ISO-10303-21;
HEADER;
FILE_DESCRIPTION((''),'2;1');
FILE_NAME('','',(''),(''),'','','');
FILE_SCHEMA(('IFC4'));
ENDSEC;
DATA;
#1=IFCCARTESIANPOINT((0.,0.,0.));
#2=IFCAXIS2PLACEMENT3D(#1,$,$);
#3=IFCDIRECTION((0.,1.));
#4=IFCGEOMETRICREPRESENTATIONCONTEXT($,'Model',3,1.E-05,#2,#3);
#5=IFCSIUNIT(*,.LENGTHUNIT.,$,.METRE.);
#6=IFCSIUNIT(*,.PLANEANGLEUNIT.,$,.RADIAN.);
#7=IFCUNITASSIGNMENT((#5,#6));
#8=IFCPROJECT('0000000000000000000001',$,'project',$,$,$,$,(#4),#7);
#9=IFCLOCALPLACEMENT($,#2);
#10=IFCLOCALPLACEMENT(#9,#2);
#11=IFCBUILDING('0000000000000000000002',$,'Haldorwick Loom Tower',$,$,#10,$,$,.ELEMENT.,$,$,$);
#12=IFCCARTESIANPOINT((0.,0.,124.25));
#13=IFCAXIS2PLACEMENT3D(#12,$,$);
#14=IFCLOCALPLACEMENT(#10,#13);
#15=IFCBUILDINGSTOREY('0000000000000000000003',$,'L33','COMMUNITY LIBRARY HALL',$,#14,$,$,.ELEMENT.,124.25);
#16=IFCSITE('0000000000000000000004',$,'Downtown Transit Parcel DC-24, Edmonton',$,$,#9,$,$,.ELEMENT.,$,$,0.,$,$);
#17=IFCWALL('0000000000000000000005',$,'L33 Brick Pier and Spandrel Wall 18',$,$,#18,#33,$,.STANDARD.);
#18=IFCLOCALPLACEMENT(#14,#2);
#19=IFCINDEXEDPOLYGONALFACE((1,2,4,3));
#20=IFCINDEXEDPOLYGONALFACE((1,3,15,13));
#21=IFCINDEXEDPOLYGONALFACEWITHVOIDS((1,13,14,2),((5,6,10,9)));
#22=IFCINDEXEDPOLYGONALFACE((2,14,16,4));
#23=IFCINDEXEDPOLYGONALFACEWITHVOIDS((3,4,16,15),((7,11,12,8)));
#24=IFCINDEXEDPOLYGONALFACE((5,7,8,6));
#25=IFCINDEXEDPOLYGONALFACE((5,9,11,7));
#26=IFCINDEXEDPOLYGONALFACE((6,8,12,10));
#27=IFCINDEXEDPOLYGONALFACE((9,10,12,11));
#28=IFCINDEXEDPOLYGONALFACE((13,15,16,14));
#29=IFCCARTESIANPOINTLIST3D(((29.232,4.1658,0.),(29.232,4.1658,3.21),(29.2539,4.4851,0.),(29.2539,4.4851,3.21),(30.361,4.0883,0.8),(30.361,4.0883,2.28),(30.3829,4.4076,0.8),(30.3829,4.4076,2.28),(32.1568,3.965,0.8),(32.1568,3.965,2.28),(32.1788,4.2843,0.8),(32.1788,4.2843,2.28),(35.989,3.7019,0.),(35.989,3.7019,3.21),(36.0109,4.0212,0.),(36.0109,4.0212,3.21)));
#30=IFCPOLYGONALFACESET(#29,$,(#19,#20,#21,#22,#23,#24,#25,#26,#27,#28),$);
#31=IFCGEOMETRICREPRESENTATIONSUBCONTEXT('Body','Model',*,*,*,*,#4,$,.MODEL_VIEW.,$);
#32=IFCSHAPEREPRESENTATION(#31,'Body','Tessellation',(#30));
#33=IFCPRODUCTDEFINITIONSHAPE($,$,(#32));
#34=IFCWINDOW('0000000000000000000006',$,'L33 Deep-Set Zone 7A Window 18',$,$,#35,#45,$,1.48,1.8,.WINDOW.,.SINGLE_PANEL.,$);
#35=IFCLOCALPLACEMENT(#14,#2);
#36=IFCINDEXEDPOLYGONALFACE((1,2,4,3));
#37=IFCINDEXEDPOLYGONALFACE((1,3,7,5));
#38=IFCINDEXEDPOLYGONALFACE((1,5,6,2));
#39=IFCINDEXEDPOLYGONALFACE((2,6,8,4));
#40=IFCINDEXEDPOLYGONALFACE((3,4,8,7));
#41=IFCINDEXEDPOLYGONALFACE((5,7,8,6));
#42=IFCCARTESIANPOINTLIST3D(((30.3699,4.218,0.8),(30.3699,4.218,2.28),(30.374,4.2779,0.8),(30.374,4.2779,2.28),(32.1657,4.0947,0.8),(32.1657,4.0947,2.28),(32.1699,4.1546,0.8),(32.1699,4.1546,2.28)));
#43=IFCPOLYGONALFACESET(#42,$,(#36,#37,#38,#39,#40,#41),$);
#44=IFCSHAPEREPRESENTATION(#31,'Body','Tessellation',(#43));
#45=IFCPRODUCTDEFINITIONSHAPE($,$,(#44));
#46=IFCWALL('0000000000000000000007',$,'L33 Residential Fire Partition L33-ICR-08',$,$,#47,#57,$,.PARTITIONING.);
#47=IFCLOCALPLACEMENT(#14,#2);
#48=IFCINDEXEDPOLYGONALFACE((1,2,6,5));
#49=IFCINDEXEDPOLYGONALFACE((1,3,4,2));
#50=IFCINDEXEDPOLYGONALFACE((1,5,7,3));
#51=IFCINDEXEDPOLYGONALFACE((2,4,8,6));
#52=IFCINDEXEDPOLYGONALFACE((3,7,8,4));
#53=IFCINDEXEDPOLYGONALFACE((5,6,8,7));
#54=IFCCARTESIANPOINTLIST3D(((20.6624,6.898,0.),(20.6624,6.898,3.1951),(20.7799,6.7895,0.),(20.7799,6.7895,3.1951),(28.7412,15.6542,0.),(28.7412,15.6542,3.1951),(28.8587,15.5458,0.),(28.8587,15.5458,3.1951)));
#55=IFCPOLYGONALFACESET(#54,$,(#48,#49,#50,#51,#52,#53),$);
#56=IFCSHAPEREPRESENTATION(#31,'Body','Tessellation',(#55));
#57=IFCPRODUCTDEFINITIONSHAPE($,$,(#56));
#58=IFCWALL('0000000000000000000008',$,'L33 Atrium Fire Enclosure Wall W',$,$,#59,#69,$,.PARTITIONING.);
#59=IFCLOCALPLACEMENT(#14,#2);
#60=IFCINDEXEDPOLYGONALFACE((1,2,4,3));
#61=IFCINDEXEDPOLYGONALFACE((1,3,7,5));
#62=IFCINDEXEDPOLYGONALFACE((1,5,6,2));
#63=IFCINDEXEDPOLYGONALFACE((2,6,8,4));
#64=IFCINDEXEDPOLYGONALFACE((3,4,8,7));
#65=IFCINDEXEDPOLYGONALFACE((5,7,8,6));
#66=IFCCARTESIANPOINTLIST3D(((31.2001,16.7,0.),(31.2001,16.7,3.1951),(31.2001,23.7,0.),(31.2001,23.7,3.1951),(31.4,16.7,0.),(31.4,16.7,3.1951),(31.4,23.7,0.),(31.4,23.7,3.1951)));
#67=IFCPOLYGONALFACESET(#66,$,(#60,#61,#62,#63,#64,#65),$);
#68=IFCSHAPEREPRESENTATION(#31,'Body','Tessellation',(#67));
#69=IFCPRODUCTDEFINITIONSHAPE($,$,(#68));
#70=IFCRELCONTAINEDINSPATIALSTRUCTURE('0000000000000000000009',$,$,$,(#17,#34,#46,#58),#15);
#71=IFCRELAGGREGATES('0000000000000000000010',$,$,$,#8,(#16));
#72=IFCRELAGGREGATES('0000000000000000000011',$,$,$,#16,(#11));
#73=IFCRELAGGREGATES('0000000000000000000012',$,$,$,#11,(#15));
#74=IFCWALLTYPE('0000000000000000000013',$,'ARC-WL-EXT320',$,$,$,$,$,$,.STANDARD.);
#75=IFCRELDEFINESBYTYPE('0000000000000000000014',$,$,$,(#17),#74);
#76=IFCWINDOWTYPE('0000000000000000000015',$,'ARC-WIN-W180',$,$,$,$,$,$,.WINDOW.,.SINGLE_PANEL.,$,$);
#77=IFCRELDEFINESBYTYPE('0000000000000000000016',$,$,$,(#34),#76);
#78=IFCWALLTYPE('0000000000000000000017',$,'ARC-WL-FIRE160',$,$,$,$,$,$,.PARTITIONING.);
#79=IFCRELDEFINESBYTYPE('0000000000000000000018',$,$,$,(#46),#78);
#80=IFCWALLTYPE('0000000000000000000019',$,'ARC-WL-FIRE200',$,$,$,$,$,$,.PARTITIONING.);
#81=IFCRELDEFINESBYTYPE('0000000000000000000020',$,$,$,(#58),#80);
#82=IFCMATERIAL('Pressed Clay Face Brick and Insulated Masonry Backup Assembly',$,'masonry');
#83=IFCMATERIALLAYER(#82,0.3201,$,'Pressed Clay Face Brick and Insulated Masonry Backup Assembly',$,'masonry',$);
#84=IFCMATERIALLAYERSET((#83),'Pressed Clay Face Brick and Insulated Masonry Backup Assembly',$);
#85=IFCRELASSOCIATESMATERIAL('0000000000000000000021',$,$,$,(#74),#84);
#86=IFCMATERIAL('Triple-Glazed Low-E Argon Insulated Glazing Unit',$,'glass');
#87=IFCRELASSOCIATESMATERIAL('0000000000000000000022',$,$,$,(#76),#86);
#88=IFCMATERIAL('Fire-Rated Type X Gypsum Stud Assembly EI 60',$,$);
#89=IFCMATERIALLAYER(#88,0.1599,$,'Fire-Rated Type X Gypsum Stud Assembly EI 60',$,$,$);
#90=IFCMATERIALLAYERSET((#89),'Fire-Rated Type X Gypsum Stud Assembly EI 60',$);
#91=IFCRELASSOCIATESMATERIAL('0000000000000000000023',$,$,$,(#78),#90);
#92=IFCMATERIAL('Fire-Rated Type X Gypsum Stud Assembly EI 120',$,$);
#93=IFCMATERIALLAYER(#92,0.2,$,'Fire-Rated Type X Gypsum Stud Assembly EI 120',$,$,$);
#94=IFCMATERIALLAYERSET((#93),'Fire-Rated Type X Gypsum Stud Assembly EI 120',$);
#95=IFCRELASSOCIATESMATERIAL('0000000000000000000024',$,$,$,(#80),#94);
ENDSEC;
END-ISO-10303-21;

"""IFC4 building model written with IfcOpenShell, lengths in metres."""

from ifc_helpers import new_model, si_unit, direction, frame, frame_2d, origin, place, context, subcontext, project, spatial, rectangle, extrude, material, layer, layer_set, type_object, element, fill, save


model = new_model("IFC4")

# Units and contexts
model_context = context("Model", 3, precision=1e-05, world=origin(), true_north=direction((0.0, 1.0)))
body_context = subcontext(model_context, "Body", "Model", "MODEL_VIEW")
ifc_project = project(units=[si_unit("LENGTHUNIT", "METRE"), si_unit("PLANEANGLEUNIT", "RADIAN")], contexts=[model_context])

# Site, building, storey
site_placement = place(None, origin())
site = spatial("IfcSite", under=ifc_project, at=site_placement, Name="Downtown Transit Parcel DC-24, Edmonton", CompositionType="ELEMENT", RefElevation=0.0)
building_placement = place(site_placement, origin())
building = spatial("IfcBuilding", under=site, at=building_placement, Name="Haldorwick Loom Tower", CompositionType="ELEMENT")
storey_placement = place(building_placement, frame((0.0, 0.0, 124.25)))
storey = spatial("IfcBuildingStorey", under=building, at=storey_placement, Name="L33", Description="COMMUNITY LIBRARY HALL", CompositionType="ELEMENT", Elevation=124.25)

# Shared definitions
ifc_material_1 = material(Name="Triple-Glazed Low-E Argon Insulated Glazing Unit", Category="glass")

# Shared definitions
ifc_material_2 = material(Name="Pressed Clay Face Brick and Insulated Masonry Backup Assembly", Category="masonry")
ifc_layer_1 = layer(ifc_material_2, 0.3201, Name="Pressed Clay Face Brick and Insulated Masonry Backup Assembly", Category="masonry")
ifc_layer_set_1 = layer_set([ifc_layer_1], Name="Pressed Clay Face Brick and Insulated Masonry Backup Assembly")
wall_type_1 = type_object("IfcWallType", Name="ARC-WL-EXT320", PredefinedType="STANDARD", material=ifc_layer_set_1)

# Wall, opening, window
wall_1_placement = place(storey_placement, frame((29.2429, 4.3254, 0.0), z_axis=(0.0, 0.0, 1.0), x_axis=(0.997652, -0.068488, 0.0)))
wall_1 = element("IfcWall", 1, at=wall_1_placement, inside=storey, type_object=wall_type_1, Name="L33 Brick Pier and Spandrel Wall 18", PredefinedType="STANDARD", context=body_context, shape_type="SweptSolid", body=[
    extrude(rectangle(XDim=6.7729, YDim=0.3201, at=frame_2d((3.3865, 0.0))), origin(), (0.0, 0.0, 1.0), 3.21),
])
opening_placement = place(wall_1_placement, frame((1.1318, 0.0, 0.8)))
opening = element("IfcOpeningElement", 2, at=opening_placement, cuts=wall_1, PredefinedType="OPENING", context=body_context, shape_type="SweptSolid", body=[
    extrude(rectangle(XDim=1.8, YDim=1.48, at=frame_2d((0.8999, 0.74))), frame((0.0, 0.1699, 0.0), z_axis=(0.0, -1.0, 0.0), x_axis=(1.0, 0.0, 0.0)), (0.0, 0.0, 1.0), 0.3401),
])
window_type = type_object("IfcWindowType", Name="ARC-WIN-W180", PartitioningType="SINGLE_PANEL", PredefinedType="WINDOW", material=ifc_material_1)
window_placement = place(opening_placement, origin())
window = element("IfcWindow", 3, at=window_placement, inside=storey, type_object=window_type, Name="L33 Deep-Set Zone 7A Window 18", OverallHeight=1.48, OverallWidth=1.8, PartitioningType="SINGLE_PANEL", PredefinedType="WINDOW", context=body_context, shape_type="SweptSolid", body=[
    extrude(rectangle(XDim=1.8, YDim=1.48, at=frame_2d((0.8999, 0.74))), frame((0.0, 0.03, 0.0), z_axis=(0.0, -1.0, 0.0), x_axis=(1.0, 0.0, 0.0)), (0.0, 0.0, 1.0), 0.0601),
])
fill(opening, window)

# Walls
ifc_material_3 = material(Name="Fire-Rated Type X Gypsum Stud Assembly EI 60")
ifc_layer_2 = layer(ifc_material_3, 0.1599, Name="Fire-Rated Type X Gypsum Stud Assembly EI 60")
ifc_layer_set_2 = layer_set([ifc_layer_2], Name="Fire-Rated Type X Gypsum Stud Assembly EI 60")
wall_type_2 = type_object("IfcWallType", Name="ARC-WL-FIRE160", PredefinedType="PARTITIONING", material=ifc_layer_set_2)
wall_2_placement = place(storey_placement, frame((28.8, 15.6001, 0.0), z_axis=(0.0, 0.0, 1.0), x_axis=(-0.678102, -0.734968, 0.0)))
element("IfcWall", 4, at=wall_2_placement, inside=storey, type_object=wall_type_2, Name="L33 Residential Fire Partition L33-ICR-08", PredefinedType="PARTITIONING", context=body_context, shape_type="SweptSolid", body=[
    extrude(rectangle(XDim=11.9138, YDim=0.1599, at=frame_2d((5.957, 0.0))), origin(), (0.0, 0.0, 1.0), 3.1951),
])
ifc_material_4 = material(Name="Fire-Rated Type X Gypsum Stud Assembly EI 120")
ifc_layer_3 = layer(ifc_material_4, 0.2, Name="Fire-Rated Type X Gypsum Stud Assembly EI 120")
ifc_layer_set_3 = layer_set([ifc_layer_3], Name="Fire-Rated Type X Gypsum Stud Assembly EI 120")
wall_type_3 = type_object("IfcWallType", Name="ARC-WL-FIRE200", PredefinedType="PARTITIONING", material=ifc_layer_set_3)
wall_3_placement = place(storey_placement, frame((31.3, 16.7, 0.0), z_axis=(0.0, 0.0, 1.0), x_axis=(0.0, 1.0, 0.0)))
element("IfcWall", 5, at=wall_3_placement, inside=storey, type_object=wall_type_3, Name="L33 Atrium Fire Enclosure Wall W", PredefinedType="PARTITIONING", context=body_context, shape_type="SweptSolid", body=[
    extrude(rectangle(XDim=7.0, YDim=0.2, at=frame_2d((3.5, 0.0))), origin(), (0.0, 0.0, 1.0), 3.1951),
])

save(model, "model.ifc")
